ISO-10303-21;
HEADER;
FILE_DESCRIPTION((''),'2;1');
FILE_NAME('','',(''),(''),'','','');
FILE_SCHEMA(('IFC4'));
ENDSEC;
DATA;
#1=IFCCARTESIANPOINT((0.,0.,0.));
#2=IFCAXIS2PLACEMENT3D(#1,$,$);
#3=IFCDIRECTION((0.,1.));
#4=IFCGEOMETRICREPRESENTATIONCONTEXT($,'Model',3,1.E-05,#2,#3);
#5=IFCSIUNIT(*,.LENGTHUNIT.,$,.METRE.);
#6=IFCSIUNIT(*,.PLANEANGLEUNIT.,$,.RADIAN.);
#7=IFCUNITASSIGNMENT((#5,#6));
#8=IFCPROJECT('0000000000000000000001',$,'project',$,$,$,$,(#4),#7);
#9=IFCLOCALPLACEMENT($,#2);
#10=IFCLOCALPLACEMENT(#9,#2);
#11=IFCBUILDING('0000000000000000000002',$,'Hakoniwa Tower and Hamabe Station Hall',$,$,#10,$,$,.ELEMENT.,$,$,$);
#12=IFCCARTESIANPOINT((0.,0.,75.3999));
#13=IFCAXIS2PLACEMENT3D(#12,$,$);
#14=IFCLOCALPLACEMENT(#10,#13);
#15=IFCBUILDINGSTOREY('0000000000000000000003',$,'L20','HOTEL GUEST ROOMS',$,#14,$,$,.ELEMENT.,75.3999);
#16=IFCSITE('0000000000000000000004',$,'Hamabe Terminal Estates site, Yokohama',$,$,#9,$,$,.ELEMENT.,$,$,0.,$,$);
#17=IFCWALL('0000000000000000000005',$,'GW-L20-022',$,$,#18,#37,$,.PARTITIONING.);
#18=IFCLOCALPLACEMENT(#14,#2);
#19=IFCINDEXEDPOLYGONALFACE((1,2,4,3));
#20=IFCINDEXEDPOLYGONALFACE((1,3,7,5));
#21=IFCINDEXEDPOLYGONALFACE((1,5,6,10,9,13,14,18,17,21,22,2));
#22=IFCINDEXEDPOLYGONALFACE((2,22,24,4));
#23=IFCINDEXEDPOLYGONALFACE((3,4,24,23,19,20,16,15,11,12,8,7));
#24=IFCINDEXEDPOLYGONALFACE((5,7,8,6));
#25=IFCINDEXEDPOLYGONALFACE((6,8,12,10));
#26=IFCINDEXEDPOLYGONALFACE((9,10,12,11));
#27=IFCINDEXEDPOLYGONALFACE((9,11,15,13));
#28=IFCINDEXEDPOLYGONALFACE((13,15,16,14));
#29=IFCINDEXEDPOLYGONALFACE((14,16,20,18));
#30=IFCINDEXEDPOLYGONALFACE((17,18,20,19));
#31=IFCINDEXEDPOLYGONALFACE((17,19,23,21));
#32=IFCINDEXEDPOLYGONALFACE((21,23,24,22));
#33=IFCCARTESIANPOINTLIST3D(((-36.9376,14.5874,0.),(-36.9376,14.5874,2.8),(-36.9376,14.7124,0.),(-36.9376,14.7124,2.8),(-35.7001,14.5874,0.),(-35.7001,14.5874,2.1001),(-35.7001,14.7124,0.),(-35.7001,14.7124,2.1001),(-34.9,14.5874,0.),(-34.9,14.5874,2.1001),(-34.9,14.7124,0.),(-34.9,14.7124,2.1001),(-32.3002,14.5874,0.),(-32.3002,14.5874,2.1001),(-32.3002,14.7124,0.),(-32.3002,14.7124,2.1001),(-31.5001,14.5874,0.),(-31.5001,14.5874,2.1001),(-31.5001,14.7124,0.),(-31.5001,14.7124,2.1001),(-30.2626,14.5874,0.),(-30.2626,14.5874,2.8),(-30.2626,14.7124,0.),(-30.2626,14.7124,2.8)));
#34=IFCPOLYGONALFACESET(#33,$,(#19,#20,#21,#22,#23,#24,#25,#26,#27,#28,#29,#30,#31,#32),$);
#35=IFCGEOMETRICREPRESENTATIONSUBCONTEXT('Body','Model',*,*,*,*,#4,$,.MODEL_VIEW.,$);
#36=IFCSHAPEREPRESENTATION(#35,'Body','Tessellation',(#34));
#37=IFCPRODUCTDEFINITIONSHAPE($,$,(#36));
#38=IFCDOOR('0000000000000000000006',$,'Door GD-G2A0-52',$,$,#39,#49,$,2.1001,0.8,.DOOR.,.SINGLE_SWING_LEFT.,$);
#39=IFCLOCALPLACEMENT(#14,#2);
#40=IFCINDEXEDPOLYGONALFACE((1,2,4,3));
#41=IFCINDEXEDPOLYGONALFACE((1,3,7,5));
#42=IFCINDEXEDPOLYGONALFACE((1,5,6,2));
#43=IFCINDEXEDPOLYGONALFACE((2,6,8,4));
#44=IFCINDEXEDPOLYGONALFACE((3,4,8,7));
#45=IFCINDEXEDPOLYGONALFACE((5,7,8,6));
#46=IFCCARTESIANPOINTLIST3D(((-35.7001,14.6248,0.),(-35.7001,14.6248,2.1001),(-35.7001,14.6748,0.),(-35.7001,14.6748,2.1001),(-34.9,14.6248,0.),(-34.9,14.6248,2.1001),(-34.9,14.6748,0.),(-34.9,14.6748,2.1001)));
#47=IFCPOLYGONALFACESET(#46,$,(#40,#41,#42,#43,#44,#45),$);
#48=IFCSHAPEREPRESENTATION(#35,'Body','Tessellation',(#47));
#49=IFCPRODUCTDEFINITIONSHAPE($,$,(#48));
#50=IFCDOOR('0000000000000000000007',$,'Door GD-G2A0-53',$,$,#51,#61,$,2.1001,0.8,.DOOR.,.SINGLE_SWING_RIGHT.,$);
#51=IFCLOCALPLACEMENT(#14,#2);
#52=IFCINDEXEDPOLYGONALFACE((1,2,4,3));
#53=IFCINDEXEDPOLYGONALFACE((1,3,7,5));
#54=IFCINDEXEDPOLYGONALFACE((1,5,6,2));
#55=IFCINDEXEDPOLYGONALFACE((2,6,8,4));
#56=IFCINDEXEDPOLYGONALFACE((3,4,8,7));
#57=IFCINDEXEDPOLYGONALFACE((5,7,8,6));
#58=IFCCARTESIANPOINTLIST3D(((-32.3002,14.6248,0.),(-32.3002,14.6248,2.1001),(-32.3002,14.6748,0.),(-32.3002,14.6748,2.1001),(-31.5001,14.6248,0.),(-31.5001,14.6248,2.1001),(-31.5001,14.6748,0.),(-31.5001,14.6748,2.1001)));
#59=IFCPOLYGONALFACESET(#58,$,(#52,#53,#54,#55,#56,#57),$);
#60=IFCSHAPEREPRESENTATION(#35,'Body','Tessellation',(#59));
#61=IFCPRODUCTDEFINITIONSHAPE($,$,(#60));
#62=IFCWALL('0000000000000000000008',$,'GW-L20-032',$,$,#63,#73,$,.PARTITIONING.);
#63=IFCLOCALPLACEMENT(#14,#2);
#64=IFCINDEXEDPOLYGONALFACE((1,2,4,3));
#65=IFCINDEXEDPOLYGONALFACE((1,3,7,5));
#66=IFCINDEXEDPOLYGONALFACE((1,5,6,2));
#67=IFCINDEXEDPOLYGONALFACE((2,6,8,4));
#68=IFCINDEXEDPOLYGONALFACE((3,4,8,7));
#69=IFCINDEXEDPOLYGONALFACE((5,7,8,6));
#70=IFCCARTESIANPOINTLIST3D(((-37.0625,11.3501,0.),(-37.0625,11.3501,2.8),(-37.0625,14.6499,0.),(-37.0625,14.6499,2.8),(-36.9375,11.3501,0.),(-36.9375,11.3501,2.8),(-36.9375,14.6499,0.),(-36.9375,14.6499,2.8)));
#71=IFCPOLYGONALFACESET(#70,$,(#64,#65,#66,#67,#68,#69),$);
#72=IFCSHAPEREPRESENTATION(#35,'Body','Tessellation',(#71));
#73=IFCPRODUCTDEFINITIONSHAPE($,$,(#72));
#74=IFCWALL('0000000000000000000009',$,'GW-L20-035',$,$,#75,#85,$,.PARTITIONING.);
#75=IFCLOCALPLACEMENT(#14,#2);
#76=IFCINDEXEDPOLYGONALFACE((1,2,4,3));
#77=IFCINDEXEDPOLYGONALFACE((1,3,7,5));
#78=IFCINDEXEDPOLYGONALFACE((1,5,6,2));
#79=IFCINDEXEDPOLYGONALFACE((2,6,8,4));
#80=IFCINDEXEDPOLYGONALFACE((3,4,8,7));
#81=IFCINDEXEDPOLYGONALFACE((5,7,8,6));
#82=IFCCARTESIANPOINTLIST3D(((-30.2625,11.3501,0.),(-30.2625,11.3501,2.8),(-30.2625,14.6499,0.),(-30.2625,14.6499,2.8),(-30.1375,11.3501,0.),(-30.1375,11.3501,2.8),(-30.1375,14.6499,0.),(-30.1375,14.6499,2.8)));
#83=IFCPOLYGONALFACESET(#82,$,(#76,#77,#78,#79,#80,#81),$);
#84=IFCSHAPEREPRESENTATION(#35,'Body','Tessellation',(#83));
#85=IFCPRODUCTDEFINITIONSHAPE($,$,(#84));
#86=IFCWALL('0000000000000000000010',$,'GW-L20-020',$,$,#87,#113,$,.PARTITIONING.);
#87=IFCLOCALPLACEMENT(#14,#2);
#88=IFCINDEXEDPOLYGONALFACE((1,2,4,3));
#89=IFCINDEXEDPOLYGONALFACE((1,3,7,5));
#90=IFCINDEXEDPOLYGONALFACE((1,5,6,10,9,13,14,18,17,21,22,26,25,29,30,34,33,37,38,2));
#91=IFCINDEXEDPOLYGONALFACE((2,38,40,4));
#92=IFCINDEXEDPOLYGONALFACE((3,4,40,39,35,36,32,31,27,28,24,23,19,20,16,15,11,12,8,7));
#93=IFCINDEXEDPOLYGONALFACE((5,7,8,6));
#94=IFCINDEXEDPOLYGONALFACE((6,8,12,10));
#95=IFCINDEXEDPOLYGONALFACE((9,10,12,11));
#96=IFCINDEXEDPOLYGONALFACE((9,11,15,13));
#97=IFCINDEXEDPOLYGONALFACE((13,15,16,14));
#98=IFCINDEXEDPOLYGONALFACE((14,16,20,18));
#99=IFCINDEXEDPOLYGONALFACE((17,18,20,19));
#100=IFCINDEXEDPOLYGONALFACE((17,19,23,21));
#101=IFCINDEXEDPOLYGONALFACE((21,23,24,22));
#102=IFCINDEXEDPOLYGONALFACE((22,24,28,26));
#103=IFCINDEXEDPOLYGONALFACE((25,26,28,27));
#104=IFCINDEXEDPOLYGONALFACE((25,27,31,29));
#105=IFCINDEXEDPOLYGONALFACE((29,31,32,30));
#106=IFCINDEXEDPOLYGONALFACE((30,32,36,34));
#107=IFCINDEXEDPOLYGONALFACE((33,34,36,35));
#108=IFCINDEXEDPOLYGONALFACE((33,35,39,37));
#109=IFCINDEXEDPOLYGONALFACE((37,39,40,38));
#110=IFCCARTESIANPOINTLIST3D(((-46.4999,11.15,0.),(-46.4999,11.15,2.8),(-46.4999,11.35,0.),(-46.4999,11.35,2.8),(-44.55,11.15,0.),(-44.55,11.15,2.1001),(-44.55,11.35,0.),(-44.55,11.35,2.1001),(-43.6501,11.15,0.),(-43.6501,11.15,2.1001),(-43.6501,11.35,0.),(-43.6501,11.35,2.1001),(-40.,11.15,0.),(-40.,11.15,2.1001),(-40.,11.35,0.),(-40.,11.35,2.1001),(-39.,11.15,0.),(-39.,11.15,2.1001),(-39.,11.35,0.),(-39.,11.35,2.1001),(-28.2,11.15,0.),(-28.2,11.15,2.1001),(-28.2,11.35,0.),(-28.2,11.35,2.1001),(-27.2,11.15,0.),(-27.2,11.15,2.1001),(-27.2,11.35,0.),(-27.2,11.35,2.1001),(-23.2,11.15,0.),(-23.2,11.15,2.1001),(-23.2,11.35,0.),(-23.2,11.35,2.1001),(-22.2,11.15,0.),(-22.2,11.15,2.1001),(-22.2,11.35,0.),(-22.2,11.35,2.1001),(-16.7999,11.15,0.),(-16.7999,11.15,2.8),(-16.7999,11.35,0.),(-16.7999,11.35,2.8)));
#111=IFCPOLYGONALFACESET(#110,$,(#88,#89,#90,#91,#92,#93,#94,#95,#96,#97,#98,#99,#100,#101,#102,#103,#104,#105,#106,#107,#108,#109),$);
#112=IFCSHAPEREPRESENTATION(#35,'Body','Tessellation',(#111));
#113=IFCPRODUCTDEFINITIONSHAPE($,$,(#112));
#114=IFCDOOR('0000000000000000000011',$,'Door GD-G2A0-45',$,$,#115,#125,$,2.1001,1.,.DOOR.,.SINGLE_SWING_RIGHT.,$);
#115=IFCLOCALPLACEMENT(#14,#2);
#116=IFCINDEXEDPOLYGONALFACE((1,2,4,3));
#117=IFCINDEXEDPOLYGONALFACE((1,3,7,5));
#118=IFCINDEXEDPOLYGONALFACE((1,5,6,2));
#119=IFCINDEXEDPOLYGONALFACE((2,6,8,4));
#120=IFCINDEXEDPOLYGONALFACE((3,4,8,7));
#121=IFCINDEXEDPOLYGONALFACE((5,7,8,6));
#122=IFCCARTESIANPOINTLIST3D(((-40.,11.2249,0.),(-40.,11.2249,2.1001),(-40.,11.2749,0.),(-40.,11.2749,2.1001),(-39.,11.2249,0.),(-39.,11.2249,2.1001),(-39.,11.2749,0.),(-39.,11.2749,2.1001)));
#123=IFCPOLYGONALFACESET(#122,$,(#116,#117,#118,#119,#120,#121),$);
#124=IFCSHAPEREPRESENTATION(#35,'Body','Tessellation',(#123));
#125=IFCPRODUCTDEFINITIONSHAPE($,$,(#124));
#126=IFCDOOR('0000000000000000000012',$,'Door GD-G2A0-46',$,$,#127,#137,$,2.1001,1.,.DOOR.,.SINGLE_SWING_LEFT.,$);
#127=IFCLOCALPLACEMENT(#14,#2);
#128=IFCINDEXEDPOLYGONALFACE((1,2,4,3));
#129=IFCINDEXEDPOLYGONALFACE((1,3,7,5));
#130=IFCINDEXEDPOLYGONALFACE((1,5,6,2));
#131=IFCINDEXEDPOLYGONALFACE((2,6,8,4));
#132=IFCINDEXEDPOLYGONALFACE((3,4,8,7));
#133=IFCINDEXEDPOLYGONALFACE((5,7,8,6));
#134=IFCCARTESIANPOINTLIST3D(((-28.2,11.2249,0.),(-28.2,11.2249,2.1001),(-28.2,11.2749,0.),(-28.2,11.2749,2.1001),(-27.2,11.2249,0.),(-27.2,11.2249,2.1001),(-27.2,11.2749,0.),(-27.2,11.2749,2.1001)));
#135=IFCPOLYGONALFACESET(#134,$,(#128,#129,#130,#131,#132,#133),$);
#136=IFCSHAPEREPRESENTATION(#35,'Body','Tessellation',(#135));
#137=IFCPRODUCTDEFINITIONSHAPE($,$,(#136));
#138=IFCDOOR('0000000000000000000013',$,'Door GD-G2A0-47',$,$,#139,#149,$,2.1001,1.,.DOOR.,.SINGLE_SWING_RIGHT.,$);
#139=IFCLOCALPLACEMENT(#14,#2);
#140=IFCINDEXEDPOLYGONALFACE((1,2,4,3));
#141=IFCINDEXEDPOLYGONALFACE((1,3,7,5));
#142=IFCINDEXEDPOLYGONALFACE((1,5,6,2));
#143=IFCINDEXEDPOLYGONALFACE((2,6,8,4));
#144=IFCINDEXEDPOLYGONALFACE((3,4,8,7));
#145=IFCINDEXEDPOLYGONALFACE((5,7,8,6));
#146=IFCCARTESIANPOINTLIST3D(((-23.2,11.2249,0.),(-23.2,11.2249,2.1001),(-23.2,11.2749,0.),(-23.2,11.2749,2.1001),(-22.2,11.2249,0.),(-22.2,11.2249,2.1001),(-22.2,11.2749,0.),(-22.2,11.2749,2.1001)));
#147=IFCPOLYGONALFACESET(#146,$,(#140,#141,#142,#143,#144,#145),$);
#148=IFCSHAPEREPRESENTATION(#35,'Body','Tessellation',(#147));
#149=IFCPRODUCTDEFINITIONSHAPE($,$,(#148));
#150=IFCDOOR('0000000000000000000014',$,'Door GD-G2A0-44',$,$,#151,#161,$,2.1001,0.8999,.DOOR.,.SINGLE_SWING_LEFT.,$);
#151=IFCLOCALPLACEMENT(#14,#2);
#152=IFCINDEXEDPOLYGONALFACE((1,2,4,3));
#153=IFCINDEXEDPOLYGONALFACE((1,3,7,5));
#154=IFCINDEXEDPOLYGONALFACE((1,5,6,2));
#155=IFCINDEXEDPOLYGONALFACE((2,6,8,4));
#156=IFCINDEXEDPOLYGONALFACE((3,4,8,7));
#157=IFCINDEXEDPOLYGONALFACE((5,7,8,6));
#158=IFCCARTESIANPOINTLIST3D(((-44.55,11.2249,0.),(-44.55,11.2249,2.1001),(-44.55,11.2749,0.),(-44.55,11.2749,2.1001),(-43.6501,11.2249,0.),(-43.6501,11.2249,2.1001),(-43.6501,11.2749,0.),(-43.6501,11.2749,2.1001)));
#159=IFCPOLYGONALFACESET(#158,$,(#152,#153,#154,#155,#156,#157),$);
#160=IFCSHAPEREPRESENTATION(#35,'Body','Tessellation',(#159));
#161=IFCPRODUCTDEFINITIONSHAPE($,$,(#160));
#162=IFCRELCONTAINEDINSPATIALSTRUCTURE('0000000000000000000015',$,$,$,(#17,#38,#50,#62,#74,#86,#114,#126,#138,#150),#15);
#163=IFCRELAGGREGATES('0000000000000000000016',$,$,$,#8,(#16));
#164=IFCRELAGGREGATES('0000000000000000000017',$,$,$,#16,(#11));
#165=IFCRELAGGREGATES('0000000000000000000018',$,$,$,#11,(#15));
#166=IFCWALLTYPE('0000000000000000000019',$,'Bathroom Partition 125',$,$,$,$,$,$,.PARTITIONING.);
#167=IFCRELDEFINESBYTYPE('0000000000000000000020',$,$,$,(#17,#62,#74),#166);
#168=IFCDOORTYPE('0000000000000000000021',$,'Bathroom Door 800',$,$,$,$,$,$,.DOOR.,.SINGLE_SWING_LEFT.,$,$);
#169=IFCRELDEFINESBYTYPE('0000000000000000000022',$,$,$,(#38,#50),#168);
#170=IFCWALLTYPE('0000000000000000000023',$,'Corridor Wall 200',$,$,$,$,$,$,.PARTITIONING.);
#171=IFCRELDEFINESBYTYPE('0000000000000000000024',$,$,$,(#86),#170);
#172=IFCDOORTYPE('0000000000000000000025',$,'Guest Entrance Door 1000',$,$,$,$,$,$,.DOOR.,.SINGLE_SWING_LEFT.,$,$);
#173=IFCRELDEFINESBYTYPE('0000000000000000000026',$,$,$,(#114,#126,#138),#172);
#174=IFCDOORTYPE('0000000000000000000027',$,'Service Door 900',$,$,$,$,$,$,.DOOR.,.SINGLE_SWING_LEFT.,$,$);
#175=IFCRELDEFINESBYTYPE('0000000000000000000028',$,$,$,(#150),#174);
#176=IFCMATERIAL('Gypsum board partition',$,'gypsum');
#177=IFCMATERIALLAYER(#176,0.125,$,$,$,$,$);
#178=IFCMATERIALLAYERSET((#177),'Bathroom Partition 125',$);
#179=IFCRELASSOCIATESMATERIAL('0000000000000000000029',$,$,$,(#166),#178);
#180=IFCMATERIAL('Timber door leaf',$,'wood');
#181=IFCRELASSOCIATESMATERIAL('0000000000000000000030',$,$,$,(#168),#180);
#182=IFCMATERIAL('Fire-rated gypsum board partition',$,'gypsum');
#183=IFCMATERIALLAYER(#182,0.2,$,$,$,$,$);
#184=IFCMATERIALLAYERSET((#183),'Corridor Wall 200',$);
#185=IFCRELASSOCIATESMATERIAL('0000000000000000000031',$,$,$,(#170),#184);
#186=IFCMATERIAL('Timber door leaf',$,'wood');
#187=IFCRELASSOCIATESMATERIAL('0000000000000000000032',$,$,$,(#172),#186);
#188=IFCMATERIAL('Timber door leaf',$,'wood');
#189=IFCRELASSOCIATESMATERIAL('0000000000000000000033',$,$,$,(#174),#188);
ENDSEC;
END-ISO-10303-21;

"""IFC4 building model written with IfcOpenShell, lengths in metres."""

from ifc_helpers import new_model, si_unit, direction, frame, frame_2d, origin, place, context, subcontext, project, spatial, rectangle, extrude, material, layer, layer_set, type_object, element, fill, save


model = new_model("IFC4")

# Units and contexts
model_context = context("Model", 3, precision=1e-05, world=origin(), true_north=direction((0.0, 1.0)))
body_context = subcontext(model_context, "Body", "Model", "MODEL_VIEW")
ifc_project = project(units=[si_unit("LENGTHUNIT", "METRE"), si_unit("PLANEANGLEUNIT", "RADIAN")], contexts=[model_context])

# Site, building, storey
site_placement = place(None, origin())
site = spatial("IfcSite", under=ifc_project, at=site_placement, Name="Hamabe Terminal Estates site, Yokohama", CompositionType="ELEMENT", RefElevation=0.0)
building_placement = place(site_placement, origin())
building = spatial("IfcBuilding", under=site, at=building_placement, Name="Hakoniwa Tower and Hamabe Station Hall", CompositionType="ELEMENT")
storey_placement = place(building_placement, frame((0.0, 0.0, 75.3999)))
storey = spatial("IfcBuildingStorey", under=building, at=storey_placement, Name="L20", Description="HOTEL GUEST ROOMS", CompositionType="ELEMENT", Elevation=75.3999)

# Wall, openings, doors
ifc_material_1 = material(Name="Gypsum board partition", Category="gypsum")
ifc_layer_1 = layer(ifc_material_1, 0.125)
ifc_layer_set_1 = layer_set([ifc_layer_1], Name="Bathroom Partition 125")
wall_type_1 = type_object("IfcWallType", Name="Bathroom Partition 125", PredefinedType="PARTITIONING", material=ifc_layer_set_1)
wall_1_placement = place(storey_placement, frame((-36.9375, 14.6499, 0.0), z_axis=(0.0, 0.0, 1.0), x_axis=(1.0, 0.0, 0.0)))
wall_1 = element("IfcWall", 1, at=wall_1_placement, inside=storey, type_object=wall_type_1, Name="GW-L20-022", PredefinedType="PARTITIONING", context=body_context, shape_type="SweptSolid", body=[
    extrude(rectangle(XDim=6.675, YDim=0.125, at=frame_2d((3.3374, 0.0))), origin(), (0.0, 0.0, 1.0), 2.8),
])
opening_1_placement = place(wall_1_placement, frame((1.2375, 0.0, 0.0)))
opening_1 = element("IfcOpeningElement", 2, at=opening_1_placement, cuts=wall_1, PredefinedType="OPENING", context=body_context, shape_type="SweptSolid", body=[
    extrude(rectangle(XDim=0.8, YDim=2.1001, at=frame_2d((0.3999, 1.05))), frame((0.0, 0.0725, 0.0), z_axis=(0.0, -1.0, 0.0), x_axis=(1.0, 0.0, 0.0)), (0.0, 0.0, 1.0), 0.145),
])
opening_2_placement = place(wall_1_placement, frame((4.6375, 0.0, 0.0)))
opening_2 = element("IfcOpeningElement", 3, at=opening_2_placement, cuts=wall_1, PredefinedType="OPENING", context=body_context, shape_type="SweptSolid", body=[
    extrude(rectangle(XDim=0.8, YDim=2.1001, at=frame_2d((0.3999, 1.05))), frame((0.0, 0.0725, 0.0), z_axis=(0.0, -1.0, 0.0), x_axis=(1.0, 0.0, 0.0)), (0.0, 0.0, 1.0), 0.145),
])
ifc_material_2 = material(Name="Timber door leaf", Category="wood")
door_type_1 = type_object("IfcDoorType", Name="Bathroom Door 800", OperationType="SINGLE_SWING_LEFT", PredefinedType="DOOR", material=ifc_material_2)
door_1_placement = place(opening_1_placement, origin())
door_1 = element("IfcDoor", 4, at=door_1_placement, inside=storey, type_object=door_type_1, Name="Door GD-G2A0-52", OperationType="SINGLE_SWING_LEFT", OverallHeight=2.1001, OverallWidth=0.8, PredefinedType="DOOR", context=body_context, shape_type="SweptSolid", body=[
    extrude(rectangle(XDim=0.8, YDim=2.1001, at=frame_2d((0.3999, 1.05))), frame((0.0, 0.0249, 0.0), z_axis=(0.0, -1.0, 0.0), x_axis=(1.0, 0.0, 0.0)), (0.0, 0.0, 1.0), 0.05),
])
fill(opening_1, door_1)
door_2_placement = place(opening_2_placement, origin())
door_2 = element("IfcDoor", 5, at=door_2_placement, inside=storey, type_object=door_type_1, Name="Door GD-G2A0-53", OperationType="SINGLE_SWING_RIGHT", OverallHeight=2.1001, OverallWidth=0.8, PredefinedType="DOOR", context=body_context, shape_type="SweptSolid", body=[
    extrude(rectangle(XDim=0.8, YDim=2.1001, at=frame_2d((0.3999, 1.05))), frame((0.0, 0.0249, 0.0), z_axis=(0.0, -1.0, 0.0), x_axis=(1.0, 0.0, 0.0)), (0.0, 0.0, 1.0), 0.05),
])
fill(opening_2, door_2)

# Walls
for number, where, z_axis, x_axis, name in (
    (6, (-37.0, 11.3501, 0.0), (0.0, 0.0, 1.0), (0.0, 1.0, 0.0), "GW-L20-032"),
    (7, (-30.2, 11.3501, 0.0), (0.0, 0.0, 1.0), (0.0, 1.0, 0.0), "GW-L20-035"),
):
    element("IfcWall", number, at=place(storey_placement, frame(where, z_axis=z_axis, x_axis=x_axis)), inside=storey, type_object=wall_type_1, Name=name, PredefinedType="PARTITIONING", context=body_context, shape_type="SweptSolid", body=[
        extrude(rectangle(XDim=3.2998, YDim=0.125, at=frame_2d((1.6499, 0.0))), origin(), (0.0, 0.0, 1.0), 2.8),
    ])

# Wall, openings, doors
ifc_material_3 = material(Name="Fire-rated gypsum board partition", Category="gypsum")
ifc_layer_2 = layer(ifc_material_3, 0.2)
ifc_layer_set_2 = layer_set([ifc_layer_2], Name="Corridor Wall 200")
wall_type_2 = type_object("IfcWallType", Name="Corridor Wall 200", PredefinedType="PARTITIONING", material=ifc_layer_set_2)
wall_2_placement = place(storey_placement, frame((-46.5, 11.25, 0.0), z_axis=(0.0, 0.0, 1.0), x_axis=(1.0, 0.0, 0.0)))
wall_2 = element("IfcWall", 8, at=wall_2_placement, inside=storey, type_object=wall_type_2, Name="GW-L20-020", PredefinedType="PARTITIONING", context=body_context, shape_type="SweptSolid", body=[
    extrude(rectangle(XDim=29.7, YDim=0.2, at=frame_2d((14.8501, 0.0))), origin(), (0.0, 0.0, 1.0), 2.8),
])
opening_3_placement = place(wall_2_placement, frame((1.95, 0.0, 0.0)))
opening_3 = element("IfcOpeningElement", 9, at=opening_3_placement, cuts=wall_2, PredefinedType="OPENING", context=body_context, shape_type="SweptSolid", body=[
    extrude(rectangle(XDim=0.8999, YDim=2.1001, at=frame_2d((0.45, 1.05))), frame((0.0, 0.1099, 0.0), z_axis=(0.0, -1.0, 0.0), x_axis=(1.0, 0.0, 0.0)), (0.0, 0.0, 1.0), 0.22),
])
opening_4_placement = place(wall_2_placement, frame((6.5, 0.0, 0.0)))
opening_4 = element("IfcOpeningElement", 10, at=opening_4_placement, cuts=wall_2, PredefinedType="OPENING", context=body_context, shape_type="SweptSolid", body=[
    extrude(rectangle(XDim=1.0, YDim=2.1001, at=frame_2d((0.5, 1.05))), frame((0.0, 0.1099, 0.0), z_axis=(0.0, -1.0, 0.0), x_axis=(1.0, 0.0, 0.0)), (0.0, 0.0, 1.0), 0.22),
])
opening_5_placement = place(wall_2_placement, frame((18.3, 0.0, 0.0)))
opening_5 = element("IfcOpeningElement", 11, at=opening_5_placement, cuts=wall_2, PredefinedType="OPENING", context=body_context, shape_type="SweptSolid", body=[
    extrude(rectangle(XDim=1.0, YDim=2.1001, at=frame_2d((0.5, 1.05))), frame((0.0, 0.1099, 0.0), z_axis=(0.0, -1.0, 0.0), x_axis=(1.0, 0.0, 0.0)), (0.0, 0.0, 1.0), 0.22),
])
opening_6_placement = place(wall_2_placement, frame((23.3, 0.0, 0.0)))
opening_6 = element("IfcOpeningElement", 12, at=opening_6_placement, cuts=wall_2, PredefinedType="OPENING", context=body_context, shape_type="SweptSolid", body=[
    extrude(rectangle(XDim=1.0, YDim=2.1001, at=frame_2d((0.5, 1.05))), frame((0.0, 0.1099, 0.0), z_axis=(0.0, -1.0, 0.0), x_axis=(1.0, 0.0, 0.0)), (0.0, 0.0, 1.0), 0.22),
])
ifc_material_4 = material(Name="Timber door leaf", Category="wood")
door_type_2 = type_object("IfcDoorType", Name="Guest Entrance Door 1000", OperationType="SINGLE_SWING_LEFT", PredefinedType="DOOR", material=ifc_material_4)
door_3_placement = place(opening_4_placement, origin())
door_3 = element("IfcDoor", 13, at=door_3_placement, inside=storey, type_object=door_type_2, Name="Door GD-G2A0-45", OperationType="SINGLE_SWING_RIGHT", OverallHeight=2.1001, OverallWidth=1.0, PredefinedType="DOOR", context=body_context, shape_type="SweptSolid", body=[
    extrude(rectangle(XDim=1.0, YDim=2.1001, at=frame_2d((0.5, 1.05))), frame((0.0, 0.0249, 0.0), z_axis=(0.0, -1.0, 0.0), x_axis=(1.0, 0.0, 0.0)), (0.0, 0.0, 1.0), 0.05),
])
fill(opening_4, door_3)
door_4_placement = place(opening_5_placement, origin())
door_4 = element("IfcDoor", 14, at=door_4_placement, inside=storey, type_object=door_type_2, Name="Door GD-G2A0-46", OperationType="SINGLE_SWING_LEFT", OverallHeight=2.1001, OverallWidth=1.0, PredefinedType="DOOR", context=body_context, shape_type="SweptSolid", body=[
    extrude(rectangle(XDim=1.0, YDim=2.1001, at=frame_2d((0.5, 1.05))), frame((0.0, 0.0249, 0.0), z_axis=(0.0, -1.0, 0.0), x_axis=(1.0, 0.0, 0.0)), (0.0, 0.0, 1.0), 0.05),
])
fill(opening_5, door_4)
door_5_placement = place(opening_6_placement, origin())
door_5 = element("IfcDoor", 15, at=door_5_placement, inside=storey, type_object=door_type_2, Name="Door GD-G2A0-47", OperationType="SINGLE_SWING_RIGHT", OverallHeight=2.1001, OverallWidth=1.0, PredefinedType="DOOR", context=body_context, shape_type="SweptSolid", body=[
    extrude(rectangle(XDim=1.0, YDim=2.1001, at=frame_2d((0.5, 1.05))), frame((0.0, 0.0249, 0.0), z_axis=(0.0, -1.0, 0.0), x_axis=(1.0, 0.0, 0.0)), (0.0, 0.0, 1.0), 0.05),
])
fill(opening_6, door_5)
ifc_material_5 = material(Name="Timber door leaf", Category="wood")
door_type_3 = type_object("IfcDoorType", Name="Service Door 900", OperationType="SINGLE_SWING_LEFT", PredefinedType="DOOR", material=ifc_material_5)
door_6_placement = place(opening_3_placement, origin())
door_6 = element("IfcDoor", 16, at=door_6_placement, inside=storey, type_object=door_type_3, Name="Door GD-G2A0-44", OperationType="SINGLE_SWING_LEFT", OverallHeight=2.1001, OverallWidth=0.8999, PredefinedType="DOOR", context=body_context, shape_type="SweptSolid", body=[
    extrude(rectangle(XDim=0.8999, YDim=2.1001, at=frame_2d((0.45, 1.05))), frame((0.0, 0.0249, 0.0), z_axis=(0.0, -1.0, 0.0), x_axis=(1.0, 0.0, 0.0)), (0.0, 0.0, 1.0), 0.05),
])
fill(opening_3, door_6)

save(model, "model.ifc")
